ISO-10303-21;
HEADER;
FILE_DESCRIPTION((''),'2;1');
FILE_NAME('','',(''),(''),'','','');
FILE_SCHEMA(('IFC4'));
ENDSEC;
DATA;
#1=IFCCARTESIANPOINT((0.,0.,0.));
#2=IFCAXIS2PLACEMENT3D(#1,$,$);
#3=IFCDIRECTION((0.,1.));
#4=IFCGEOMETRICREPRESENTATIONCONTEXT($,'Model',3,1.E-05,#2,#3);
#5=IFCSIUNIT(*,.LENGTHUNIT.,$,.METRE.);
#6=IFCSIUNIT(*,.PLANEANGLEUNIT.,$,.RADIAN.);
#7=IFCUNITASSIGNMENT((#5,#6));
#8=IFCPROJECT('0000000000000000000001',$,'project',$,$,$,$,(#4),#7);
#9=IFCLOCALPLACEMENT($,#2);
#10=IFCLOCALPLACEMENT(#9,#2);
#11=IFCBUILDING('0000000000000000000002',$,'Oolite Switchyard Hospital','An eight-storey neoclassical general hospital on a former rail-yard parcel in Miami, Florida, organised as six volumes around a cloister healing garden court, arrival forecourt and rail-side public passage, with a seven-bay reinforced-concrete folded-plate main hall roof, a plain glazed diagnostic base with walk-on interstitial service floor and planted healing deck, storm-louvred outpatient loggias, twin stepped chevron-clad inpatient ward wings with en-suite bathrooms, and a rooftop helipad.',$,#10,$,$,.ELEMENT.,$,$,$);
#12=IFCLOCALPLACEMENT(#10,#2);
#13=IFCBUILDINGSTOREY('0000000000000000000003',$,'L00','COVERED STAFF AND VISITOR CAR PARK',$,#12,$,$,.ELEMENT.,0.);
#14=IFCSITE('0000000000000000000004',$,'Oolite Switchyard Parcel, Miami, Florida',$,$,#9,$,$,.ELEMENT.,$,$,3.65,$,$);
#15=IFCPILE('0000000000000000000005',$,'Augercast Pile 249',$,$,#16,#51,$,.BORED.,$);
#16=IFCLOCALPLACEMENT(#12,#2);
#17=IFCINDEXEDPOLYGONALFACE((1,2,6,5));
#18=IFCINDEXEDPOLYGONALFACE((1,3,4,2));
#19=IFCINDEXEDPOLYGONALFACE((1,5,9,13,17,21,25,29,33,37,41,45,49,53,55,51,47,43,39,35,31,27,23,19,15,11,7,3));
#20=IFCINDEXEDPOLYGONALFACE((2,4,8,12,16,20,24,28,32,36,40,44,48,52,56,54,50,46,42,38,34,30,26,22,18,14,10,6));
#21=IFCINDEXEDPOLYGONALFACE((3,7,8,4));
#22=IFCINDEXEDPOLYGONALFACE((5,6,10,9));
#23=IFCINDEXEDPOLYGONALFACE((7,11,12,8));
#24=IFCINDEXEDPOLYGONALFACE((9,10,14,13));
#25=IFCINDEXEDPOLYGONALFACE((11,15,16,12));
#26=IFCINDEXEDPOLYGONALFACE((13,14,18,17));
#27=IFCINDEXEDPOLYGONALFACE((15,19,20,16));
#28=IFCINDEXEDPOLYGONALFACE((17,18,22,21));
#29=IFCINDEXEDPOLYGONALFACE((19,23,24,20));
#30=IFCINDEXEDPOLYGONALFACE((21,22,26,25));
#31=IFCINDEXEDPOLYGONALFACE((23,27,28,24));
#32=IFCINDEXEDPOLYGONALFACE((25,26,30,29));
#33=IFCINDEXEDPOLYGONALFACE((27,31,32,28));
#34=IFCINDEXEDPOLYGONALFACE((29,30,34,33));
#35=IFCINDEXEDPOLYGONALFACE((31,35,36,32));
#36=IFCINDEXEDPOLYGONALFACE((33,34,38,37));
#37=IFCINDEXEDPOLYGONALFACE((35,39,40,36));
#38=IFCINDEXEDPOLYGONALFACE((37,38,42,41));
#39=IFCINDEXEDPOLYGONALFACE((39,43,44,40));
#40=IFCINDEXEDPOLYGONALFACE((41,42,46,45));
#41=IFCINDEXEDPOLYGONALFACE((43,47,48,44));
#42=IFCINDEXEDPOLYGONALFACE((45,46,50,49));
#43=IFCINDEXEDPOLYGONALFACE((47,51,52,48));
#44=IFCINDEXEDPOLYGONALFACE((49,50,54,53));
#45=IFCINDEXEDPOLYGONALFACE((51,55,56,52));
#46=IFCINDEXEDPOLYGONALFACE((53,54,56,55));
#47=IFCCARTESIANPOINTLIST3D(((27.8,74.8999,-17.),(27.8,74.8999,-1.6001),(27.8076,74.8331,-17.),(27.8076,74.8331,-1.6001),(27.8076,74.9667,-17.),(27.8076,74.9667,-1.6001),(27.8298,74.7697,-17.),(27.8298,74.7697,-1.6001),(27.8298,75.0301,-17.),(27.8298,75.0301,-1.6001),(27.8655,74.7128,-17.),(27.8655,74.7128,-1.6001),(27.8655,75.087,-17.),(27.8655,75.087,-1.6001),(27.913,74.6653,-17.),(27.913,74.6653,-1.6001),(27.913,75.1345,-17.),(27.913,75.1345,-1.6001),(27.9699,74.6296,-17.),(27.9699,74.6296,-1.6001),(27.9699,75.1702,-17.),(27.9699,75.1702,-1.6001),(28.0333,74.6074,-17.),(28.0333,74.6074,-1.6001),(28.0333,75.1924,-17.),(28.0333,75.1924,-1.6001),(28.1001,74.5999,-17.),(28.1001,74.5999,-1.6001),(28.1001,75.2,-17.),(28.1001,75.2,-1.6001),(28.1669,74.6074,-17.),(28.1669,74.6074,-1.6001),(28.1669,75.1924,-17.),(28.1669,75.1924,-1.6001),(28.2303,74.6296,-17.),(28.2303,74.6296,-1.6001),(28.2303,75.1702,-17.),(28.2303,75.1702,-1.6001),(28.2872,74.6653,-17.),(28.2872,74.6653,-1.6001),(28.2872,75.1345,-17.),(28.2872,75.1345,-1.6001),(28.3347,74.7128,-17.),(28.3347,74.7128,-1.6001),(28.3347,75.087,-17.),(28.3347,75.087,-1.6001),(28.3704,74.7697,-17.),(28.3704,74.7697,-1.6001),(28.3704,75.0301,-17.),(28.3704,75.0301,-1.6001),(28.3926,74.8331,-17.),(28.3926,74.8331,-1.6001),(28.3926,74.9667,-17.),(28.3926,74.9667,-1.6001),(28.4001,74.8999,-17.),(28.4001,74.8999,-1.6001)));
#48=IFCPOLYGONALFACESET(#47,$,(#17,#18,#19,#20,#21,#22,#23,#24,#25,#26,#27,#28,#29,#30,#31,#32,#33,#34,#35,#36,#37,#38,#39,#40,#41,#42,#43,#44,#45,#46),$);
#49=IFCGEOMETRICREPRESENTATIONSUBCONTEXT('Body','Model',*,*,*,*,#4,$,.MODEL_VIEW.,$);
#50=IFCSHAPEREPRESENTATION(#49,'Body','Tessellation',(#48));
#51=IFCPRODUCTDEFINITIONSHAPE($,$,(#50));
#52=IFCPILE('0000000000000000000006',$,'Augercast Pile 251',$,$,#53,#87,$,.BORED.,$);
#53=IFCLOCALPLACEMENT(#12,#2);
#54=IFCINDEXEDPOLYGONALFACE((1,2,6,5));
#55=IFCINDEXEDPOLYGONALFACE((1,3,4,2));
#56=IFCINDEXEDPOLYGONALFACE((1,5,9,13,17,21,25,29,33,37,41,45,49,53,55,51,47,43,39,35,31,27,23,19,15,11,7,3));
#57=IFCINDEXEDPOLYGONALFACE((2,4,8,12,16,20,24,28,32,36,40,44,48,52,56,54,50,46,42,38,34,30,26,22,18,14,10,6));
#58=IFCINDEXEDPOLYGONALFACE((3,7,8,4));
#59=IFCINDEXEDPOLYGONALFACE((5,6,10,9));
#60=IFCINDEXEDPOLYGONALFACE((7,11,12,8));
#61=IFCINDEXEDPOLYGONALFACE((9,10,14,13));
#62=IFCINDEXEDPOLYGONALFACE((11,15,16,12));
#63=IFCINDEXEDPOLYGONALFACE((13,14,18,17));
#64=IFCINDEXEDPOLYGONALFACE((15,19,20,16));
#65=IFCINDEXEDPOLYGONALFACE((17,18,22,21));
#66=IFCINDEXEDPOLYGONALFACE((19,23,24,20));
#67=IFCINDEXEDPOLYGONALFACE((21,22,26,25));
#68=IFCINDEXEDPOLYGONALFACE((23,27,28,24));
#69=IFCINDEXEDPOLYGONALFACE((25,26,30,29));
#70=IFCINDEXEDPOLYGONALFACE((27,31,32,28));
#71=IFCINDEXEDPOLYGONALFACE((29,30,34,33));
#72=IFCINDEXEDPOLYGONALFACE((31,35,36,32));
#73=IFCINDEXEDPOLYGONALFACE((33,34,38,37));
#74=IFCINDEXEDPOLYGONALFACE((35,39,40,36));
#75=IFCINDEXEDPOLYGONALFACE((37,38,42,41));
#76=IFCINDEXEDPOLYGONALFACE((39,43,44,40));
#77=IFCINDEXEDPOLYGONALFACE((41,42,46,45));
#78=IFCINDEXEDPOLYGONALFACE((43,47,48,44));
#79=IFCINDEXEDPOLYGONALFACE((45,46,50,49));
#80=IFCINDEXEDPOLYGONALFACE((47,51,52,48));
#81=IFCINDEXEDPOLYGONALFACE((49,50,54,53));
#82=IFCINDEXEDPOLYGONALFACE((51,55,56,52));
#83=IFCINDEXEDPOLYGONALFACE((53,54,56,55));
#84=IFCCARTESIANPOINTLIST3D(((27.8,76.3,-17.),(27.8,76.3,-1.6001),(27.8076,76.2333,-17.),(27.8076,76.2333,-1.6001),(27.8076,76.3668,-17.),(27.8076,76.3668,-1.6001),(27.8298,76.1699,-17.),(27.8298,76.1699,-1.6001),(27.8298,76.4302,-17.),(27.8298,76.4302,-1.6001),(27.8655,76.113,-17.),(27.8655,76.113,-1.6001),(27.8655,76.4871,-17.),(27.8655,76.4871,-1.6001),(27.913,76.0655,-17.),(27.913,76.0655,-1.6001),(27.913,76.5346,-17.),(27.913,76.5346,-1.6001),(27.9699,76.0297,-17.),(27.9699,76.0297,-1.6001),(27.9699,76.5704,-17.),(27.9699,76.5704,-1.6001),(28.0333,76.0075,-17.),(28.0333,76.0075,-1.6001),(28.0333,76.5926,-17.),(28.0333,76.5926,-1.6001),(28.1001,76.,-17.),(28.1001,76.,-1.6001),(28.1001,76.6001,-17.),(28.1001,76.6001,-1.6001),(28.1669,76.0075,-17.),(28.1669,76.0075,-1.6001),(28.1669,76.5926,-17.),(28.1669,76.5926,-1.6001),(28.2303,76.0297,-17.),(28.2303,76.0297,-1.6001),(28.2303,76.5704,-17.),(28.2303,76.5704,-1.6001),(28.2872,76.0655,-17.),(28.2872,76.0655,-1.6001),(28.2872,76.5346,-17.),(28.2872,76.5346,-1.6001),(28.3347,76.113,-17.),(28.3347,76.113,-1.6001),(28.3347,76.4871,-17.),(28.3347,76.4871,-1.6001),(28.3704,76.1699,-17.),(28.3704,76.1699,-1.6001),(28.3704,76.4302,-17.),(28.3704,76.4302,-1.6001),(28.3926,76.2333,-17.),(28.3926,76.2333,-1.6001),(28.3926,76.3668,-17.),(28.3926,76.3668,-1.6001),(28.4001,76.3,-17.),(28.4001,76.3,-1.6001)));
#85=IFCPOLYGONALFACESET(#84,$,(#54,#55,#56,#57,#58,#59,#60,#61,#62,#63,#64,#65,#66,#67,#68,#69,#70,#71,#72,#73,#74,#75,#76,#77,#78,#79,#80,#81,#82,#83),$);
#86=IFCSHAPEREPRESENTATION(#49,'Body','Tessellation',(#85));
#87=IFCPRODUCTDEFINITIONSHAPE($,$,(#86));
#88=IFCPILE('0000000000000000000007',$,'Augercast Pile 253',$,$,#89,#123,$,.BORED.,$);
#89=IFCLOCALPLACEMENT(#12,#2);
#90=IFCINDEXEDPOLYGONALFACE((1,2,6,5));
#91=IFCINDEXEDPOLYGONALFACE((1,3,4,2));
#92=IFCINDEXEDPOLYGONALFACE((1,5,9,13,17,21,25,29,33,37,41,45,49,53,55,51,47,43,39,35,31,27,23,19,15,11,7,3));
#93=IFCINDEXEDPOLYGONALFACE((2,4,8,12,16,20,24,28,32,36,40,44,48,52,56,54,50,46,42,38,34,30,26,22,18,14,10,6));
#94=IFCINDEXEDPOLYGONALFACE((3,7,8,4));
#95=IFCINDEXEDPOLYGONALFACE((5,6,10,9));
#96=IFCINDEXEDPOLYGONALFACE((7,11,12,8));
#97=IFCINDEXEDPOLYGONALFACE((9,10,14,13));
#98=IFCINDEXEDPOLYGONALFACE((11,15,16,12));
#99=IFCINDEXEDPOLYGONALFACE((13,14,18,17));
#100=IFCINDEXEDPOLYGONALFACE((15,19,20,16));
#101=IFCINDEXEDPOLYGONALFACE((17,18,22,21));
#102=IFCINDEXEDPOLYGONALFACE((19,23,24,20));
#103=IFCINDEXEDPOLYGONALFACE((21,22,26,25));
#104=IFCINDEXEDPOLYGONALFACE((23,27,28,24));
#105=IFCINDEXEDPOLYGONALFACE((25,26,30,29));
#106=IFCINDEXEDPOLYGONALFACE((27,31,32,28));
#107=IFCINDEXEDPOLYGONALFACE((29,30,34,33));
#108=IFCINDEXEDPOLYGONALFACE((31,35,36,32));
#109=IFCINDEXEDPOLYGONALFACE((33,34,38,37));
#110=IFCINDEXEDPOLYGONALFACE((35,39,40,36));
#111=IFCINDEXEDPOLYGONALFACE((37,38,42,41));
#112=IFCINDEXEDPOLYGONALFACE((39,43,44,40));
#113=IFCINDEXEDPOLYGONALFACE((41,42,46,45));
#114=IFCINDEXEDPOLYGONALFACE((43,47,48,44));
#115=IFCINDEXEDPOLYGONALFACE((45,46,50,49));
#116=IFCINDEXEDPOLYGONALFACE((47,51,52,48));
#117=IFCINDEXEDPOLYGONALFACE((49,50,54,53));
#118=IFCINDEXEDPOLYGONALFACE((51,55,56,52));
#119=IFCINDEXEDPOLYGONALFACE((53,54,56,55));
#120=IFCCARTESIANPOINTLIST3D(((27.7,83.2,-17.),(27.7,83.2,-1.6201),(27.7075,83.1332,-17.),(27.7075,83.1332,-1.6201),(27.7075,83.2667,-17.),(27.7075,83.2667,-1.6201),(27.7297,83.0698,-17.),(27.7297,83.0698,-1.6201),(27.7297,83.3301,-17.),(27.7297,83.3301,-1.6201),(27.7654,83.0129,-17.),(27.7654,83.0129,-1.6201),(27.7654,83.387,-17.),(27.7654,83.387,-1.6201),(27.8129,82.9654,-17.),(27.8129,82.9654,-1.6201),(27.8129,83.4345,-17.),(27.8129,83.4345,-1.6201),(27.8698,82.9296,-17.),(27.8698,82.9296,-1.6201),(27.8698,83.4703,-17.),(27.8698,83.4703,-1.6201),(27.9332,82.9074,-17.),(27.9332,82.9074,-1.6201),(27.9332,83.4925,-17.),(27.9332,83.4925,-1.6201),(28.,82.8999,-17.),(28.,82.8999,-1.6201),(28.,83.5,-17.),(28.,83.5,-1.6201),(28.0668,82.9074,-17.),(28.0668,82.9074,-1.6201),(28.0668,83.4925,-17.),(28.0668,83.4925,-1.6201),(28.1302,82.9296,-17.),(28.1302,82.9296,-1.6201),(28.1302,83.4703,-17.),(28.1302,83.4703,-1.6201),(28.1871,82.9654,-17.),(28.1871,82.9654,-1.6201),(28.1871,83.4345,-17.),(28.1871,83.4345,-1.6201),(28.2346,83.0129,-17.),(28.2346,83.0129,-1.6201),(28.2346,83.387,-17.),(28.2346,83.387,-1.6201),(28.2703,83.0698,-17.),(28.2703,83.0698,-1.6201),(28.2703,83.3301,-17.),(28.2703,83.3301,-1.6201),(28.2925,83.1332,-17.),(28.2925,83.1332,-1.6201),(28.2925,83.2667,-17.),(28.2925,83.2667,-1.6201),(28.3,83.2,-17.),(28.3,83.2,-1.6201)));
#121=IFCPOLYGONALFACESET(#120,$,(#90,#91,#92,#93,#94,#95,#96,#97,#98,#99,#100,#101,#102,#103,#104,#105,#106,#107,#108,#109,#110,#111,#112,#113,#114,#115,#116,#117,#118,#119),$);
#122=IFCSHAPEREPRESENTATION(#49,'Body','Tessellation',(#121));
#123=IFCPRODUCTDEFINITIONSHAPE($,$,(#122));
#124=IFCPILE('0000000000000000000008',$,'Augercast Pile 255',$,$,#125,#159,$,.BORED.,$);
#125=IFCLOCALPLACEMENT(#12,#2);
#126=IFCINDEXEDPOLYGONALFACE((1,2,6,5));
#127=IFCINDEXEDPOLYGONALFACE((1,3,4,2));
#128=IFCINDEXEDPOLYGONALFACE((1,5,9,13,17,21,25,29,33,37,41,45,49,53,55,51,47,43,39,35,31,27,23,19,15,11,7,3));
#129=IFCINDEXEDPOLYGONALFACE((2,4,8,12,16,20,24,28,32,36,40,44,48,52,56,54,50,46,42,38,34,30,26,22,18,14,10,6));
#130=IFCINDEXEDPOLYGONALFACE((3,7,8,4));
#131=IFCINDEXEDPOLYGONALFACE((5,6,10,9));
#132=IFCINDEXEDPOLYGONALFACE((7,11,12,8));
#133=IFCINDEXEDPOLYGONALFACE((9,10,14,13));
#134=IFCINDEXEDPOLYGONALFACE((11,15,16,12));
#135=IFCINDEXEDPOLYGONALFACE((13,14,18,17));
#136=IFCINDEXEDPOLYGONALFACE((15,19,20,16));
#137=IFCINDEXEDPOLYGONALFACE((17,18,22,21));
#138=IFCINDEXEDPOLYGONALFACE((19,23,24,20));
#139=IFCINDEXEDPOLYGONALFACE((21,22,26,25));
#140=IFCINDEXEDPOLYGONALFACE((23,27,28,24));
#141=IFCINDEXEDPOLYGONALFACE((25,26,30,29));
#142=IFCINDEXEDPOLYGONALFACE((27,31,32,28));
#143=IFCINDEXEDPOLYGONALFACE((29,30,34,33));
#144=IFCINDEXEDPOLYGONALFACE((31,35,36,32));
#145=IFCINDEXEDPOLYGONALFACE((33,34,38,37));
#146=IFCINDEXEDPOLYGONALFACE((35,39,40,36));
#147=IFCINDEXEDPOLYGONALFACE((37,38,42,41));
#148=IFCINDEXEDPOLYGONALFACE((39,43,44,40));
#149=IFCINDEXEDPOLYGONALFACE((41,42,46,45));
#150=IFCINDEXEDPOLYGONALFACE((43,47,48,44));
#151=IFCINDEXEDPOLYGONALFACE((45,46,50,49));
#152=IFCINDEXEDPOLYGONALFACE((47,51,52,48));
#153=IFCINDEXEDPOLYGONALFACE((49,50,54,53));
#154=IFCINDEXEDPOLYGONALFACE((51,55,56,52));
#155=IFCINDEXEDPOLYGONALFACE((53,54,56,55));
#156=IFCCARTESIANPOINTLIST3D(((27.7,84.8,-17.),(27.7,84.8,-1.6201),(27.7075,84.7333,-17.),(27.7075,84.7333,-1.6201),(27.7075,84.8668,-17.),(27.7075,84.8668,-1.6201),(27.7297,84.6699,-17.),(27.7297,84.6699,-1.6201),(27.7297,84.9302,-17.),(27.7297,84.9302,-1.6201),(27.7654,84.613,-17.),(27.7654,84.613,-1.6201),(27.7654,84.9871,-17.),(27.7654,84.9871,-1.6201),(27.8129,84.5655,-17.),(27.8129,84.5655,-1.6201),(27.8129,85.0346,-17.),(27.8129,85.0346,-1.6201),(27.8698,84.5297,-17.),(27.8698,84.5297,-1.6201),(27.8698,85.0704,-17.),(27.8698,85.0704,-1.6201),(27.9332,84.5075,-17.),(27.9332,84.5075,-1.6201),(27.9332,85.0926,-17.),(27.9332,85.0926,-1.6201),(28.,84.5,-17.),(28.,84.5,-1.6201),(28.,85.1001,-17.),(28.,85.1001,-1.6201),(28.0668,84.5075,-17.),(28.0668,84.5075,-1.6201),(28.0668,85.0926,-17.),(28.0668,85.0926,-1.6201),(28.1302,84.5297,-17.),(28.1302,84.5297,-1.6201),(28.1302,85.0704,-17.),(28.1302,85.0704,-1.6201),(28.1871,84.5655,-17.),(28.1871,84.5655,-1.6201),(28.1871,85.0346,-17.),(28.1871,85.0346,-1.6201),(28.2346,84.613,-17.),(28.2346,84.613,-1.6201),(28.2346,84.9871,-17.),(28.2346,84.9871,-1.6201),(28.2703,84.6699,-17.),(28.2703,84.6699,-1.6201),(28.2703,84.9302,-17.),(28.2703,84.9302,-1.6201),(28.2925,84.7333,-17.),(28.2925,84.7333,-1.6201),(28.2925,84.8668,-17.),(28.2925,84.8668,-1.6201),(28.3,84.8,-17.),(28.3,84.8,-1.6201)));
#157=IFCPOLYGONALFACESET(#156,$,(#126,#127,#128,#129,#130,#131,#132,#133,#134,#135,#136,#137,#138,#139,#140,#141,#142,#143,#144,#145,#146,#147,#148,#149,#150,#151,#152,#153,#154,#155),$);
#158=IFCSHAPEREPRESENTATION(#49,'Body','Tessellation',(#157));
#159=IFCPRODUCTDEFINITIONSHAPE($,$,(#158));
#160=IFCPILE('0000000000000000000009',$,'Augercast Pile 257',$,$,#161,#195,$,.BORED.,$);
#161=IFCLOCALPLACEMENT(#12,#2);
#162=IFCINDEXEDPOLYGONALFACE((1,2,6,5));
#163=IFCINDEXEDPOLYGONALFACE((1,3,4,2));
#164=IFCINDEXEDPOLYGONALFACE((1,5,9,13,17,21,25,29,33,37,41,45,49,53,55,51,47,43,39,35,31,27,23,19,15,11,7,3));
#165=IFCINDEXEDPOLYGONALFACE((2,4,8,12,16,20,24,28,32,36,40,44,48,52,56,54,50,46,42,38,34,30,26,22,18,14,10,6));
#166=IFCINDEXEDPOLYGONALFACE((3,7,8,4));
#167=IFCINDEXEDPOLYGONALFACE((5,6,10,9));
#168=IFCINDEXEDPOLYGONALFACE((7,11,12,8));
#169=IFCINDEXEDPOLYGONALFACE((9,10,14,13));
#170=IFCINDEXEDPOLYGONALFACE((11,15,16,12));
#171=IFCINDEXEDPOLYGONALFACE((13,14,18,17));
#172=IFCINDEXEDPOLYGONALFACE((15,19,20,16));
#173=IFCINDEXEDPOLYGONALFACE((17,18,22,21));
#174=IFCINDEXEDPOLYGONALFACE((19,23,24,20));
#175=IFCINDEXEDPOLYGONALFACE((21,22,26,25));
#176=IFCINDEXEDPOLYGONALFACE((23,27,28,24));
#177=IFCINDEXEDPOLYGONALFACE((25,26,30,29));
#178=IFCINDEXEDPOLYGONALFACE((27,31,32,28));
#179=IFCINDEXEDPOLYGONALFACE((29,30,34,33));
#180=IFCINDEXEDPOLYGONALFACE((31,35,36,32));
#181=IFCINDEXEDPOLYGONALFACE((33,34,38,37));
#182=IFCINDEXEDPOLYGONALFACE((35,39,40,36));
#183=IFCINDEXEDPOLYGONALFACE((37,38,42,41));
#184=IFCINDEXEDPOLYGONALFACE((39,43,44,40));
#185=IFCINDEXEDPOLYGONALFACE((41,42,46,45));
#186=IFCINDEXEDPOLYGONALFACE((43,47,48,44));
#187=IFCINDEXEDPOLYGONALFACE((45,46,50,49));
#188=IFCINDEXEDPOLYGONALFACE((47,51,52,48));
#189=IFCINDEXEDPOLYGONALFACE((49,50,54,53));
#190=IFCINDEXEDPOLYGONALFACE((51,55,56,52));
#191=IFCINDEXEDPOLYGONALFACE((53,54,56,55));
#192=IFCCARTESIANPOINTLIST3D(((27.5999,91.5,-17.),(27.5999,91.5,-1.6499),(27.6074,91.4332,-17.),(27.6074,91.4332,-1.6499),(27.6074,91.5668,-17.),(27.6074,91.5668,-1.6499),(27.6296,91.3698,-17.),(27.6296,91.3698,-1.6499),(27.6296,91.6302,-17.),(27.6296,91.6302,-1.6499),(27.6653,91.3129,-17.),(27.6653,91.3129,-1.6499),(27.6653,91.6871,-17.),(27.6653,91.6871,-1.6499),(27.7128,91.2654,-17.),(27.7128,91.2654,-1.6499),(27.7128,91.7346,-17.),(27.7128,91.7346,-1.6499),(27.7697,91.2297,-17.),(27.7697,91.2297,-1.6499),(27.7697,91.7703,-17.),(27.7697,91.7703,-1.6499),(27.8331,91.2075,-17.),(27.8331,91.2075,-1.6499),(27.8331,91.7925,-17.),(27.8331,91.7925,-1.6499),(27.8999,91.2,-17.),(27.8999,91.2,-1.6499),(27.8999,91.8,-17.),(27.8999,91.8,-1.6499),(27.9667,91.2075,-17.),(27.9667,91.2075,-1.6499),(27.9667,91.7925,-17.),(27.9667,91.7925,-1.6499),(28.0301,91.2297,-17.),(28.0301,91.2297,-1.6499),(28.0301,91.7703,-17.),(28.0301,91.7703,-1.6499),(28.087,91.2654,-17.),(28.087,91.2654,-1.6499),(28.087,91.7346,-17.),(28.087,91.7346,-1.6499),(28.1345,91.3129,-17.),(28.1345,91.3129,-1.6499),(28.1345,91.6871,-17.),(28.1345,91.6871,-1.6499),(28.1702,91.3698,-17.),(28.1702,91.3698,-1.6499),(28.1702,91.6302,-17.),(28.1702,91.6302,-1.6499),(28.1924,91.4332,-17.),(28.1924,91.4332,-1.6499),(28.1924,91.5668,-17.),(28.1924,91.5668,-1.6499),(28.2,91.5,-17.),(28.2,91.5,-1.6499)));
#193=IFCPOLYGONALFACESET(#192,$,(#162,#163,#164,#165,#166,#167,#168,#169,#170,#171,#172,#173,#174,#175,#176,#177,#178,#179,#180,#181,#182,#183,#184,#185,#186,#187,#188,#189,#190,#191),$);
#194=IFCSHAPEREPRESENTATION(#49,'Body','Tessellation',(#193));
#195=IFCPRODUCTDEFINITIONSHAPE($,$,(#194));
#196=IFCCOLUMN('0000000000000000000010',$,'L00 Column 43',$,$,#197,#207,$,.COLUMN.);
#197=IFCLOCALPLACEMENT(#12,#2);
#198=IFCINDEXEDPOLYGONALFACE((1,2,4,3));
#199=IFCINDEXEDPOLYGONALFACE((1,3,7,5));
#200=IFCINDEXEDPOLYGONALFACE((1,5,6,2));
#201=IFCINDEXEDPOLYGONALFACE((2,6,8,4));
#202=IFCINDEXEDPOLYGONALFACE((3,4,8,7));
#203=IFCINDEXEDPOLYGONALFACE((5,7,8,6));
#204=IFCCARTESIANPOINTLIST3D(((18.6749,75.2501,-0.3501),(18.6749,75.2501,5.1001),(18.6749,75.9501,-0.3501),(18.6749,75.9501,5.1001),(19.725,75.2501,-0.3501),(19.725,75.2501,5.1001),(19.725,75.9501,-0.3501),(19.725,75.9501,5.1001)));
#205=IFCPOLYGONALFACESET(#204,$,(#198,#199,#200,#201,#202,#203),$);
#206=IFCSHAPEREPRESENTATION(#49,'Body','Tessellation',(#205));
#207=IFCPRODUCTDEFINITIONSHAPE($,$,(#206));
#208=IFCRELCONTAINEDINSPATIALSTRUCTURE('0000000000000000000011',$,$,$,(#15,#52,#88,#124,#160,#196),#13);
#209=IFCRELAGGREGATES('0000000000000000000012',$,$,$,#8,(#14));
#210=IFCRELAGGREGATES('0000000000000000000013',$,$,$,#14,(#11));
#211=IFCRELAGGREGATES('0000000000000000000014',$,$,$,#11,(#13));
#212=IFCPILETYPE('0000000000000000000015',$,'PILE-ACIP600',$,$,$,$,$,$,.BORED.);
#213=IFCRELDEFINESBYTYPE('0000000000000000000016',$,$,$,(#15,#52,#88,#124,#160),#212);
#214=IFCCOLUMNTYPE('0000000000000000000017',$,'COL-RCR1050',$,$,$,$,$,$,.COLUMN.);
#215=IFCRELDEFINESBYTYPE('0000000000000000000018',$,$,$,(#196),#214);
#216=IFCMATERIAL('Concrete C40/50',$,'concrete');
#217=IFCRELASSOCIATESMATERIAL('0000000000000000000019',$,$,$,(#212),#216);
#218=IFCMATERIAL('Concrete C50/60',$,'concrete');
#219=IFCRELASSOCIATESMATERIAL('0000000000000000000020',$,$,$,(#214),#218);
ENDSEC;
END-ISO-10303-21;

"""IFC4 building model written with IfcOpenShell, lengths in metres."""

from ifc_helpers import new_model, si_unit, direction, frame, origin, origin_2d, place, context, subcontext, project, spatial, rectangle, circle, extrude, material, material_profile, profile_set, type_object, element, save


model = new_model("IFC4")

# Units and contexts
model_context = context("Model", 3, precision=1e-05, world=origin(), true_north=direction((0.0, 1.0)))
body_context = subcontext(model_context, "Body", "Model", "MODEL_VIEW")
ifc_project = project(units=[si_unit("LENGTHUNIT", "METRE"), si_unit("PLANEANGLEUNIT", "RADIAN")], contexts=[model_context])

# Site, building, storey
site_placement = place(None, origin())
site = spatial("IfcSite", under=ifc_project, at=site_placement, Name="Oolite Switchyard Parcel, Miami, Florida", CompositionType="ELEMENT", RefElevation=3.65)
building_placement = place(site_placement, origin())
building = spatial("IfcBuilding", under=site, at=building_placement, Name="Oolite Switchyard Hospital", Description="An eight-storey neoclassical general hospital on a former rail-yard parcel in Miami, Florida, organised as six volumes around a cloister healing garden court, arrival forecourt and rail-side public passage, with a seven-bay reinforced-concrete folded-plate main hall roof, a plain glazed diagnostic base with walk-on interstitial service floor and planted healing deck, storm-louvred outpatient loggias, twin stepped chevron-clad inpatient ward wings with en-suite bathrooms, and a rooftop helipad.", CompositionType="ELEMENT")
storey_placement = place(building_placement, origin())
storey = spatial("IfcBuildingStorey", under=building, at=storey_placement, Name="L00", Description="COVERED STAFF AND VISITOR CAR PARK", CompositionType="ELEMENT", Elevation=0.0)

# Shared definitions
ifc_material_1 = material(Name="Concrete C40/50", Category="concrete")

# Piles
ifc_material_profile_1 = material_profile(ifc_material_1, circle(Radius=0.3, at=origin_2d()), Name="PILE600")
ifc_profile_set_1 = profile_set([ifc_material_profile_1], Name="Concrete C40/50")
pile_type = type_object("IfcPileType", Name="PILE-ACIP600", PredefinedType="BORED", material=ifc_profile_set_1)
for number, where, z_axis, x_axis, name in (
    (1, (28.1001, 74.8999, -1.6001), (0.0, 0.0, -1.0), (1.0, 0.0, 0.0), "Augercast Pile 249"),
    (2, (28.1001, 76.3, -1.6001), (0.0, 0.0, -1.0), (1.0, 0.0, 0.0), "Augercast Pile 251"),
):
    element("IfcPile", number, at=place(storey_placement, frame(where, z_axis=z_axis, x_axis=x_axis)), inside=storey, type_object=pile_type, Name=name, PredefinedType="BORED", context=body_context, shape_type="SweptSolid", body=[
        extrude(circle(Radius=0.3, at=origin_2d()), origin(), (0.0, 0.0, 1.0), 15.3999),
    ])
for number, where, z_axis, x_axis, name in (
    (3, (28.0, 83.2, -1.6201), (0.0, 0.0, -1.0), (1.0, 0.0, 0.0), "Augercast Pile 253"),
    (4, (28.0, 84.8, -1.6201), (0.0, 0.0, -1.0), (1.0, 0.0, 0.0), "Augercast Pile 255"),
):
    element("IfcPile", number, at=place(storey_placement, frame(where, z_axis=z_axis, x_axis=x_axis)), inside=storey, type_object=pile_type, Name=name, PredefinedType="BORED", context=body_context, shape_type="SweptSolid", body=[
        extrude(circle(Radius=0.3, at=origin_2d()), origin(), (0.0, 0.0, 1.0), 15.3799),
    ])
pile_1_placement = place(storey_placement, frame((27.8999, 91.5, -1.6499), z_axis=(0.0, 0.0, -1.0), x_axis=(1.0, 0.0, 0.0)))
element("IfcPile", 5, at=pile_1_placement, inside=storey, type_object=pile_type, Name="Augercast Pile 257", PredefinedType="BORED", context=body_context, shape_type="SweptSolid", body=[
    extrude(circle(Radius=0.3, at=origin_2d()), origin(), (0.0, 0.0, 1.0), 15.3501),
])

# Column
ifc_material_2 = material(Name="Concrete C50/60", Category="concrete")
ifc_material_profile_2 = material_profile(ifc_material_2, rectangle(XDim=1.05, YDim=0.7, at=origin_2d()), Name="RC1050X700")
ifc_profile_set_2 = profile_set([ifc_material_profile_2], Name="Concrete C50/60")
column_type = type_object("IfcColumnType", Name="COL-RCR1050", PredefinedType="COLUMN", material=ifc_profile_set_2)
for number, where, z_axis, x_axis, name in (
    (6, (19.2, 75.6001, -0.3501), (0.0, 0.0, 1.0), (1.0, 0.0, 0.0), "L00 Column 43"),
):
    element("IfcColumn", number, at=place(storey_placement, frame(where, z_axis=z_axis, x_axis=x_axis)), inside=storey, type_object=column_type, Name=name, PredefinedType="COLUMN", context=body_context, shape_type="SweptSolid", body=[
        extrude(rectangle(XDim=1.05, YDim=0.7, at=origin_2d()), origin(), (0.0, 0.0, 1.0), 5.4502),
    ])

save(model, "model.ifc")
